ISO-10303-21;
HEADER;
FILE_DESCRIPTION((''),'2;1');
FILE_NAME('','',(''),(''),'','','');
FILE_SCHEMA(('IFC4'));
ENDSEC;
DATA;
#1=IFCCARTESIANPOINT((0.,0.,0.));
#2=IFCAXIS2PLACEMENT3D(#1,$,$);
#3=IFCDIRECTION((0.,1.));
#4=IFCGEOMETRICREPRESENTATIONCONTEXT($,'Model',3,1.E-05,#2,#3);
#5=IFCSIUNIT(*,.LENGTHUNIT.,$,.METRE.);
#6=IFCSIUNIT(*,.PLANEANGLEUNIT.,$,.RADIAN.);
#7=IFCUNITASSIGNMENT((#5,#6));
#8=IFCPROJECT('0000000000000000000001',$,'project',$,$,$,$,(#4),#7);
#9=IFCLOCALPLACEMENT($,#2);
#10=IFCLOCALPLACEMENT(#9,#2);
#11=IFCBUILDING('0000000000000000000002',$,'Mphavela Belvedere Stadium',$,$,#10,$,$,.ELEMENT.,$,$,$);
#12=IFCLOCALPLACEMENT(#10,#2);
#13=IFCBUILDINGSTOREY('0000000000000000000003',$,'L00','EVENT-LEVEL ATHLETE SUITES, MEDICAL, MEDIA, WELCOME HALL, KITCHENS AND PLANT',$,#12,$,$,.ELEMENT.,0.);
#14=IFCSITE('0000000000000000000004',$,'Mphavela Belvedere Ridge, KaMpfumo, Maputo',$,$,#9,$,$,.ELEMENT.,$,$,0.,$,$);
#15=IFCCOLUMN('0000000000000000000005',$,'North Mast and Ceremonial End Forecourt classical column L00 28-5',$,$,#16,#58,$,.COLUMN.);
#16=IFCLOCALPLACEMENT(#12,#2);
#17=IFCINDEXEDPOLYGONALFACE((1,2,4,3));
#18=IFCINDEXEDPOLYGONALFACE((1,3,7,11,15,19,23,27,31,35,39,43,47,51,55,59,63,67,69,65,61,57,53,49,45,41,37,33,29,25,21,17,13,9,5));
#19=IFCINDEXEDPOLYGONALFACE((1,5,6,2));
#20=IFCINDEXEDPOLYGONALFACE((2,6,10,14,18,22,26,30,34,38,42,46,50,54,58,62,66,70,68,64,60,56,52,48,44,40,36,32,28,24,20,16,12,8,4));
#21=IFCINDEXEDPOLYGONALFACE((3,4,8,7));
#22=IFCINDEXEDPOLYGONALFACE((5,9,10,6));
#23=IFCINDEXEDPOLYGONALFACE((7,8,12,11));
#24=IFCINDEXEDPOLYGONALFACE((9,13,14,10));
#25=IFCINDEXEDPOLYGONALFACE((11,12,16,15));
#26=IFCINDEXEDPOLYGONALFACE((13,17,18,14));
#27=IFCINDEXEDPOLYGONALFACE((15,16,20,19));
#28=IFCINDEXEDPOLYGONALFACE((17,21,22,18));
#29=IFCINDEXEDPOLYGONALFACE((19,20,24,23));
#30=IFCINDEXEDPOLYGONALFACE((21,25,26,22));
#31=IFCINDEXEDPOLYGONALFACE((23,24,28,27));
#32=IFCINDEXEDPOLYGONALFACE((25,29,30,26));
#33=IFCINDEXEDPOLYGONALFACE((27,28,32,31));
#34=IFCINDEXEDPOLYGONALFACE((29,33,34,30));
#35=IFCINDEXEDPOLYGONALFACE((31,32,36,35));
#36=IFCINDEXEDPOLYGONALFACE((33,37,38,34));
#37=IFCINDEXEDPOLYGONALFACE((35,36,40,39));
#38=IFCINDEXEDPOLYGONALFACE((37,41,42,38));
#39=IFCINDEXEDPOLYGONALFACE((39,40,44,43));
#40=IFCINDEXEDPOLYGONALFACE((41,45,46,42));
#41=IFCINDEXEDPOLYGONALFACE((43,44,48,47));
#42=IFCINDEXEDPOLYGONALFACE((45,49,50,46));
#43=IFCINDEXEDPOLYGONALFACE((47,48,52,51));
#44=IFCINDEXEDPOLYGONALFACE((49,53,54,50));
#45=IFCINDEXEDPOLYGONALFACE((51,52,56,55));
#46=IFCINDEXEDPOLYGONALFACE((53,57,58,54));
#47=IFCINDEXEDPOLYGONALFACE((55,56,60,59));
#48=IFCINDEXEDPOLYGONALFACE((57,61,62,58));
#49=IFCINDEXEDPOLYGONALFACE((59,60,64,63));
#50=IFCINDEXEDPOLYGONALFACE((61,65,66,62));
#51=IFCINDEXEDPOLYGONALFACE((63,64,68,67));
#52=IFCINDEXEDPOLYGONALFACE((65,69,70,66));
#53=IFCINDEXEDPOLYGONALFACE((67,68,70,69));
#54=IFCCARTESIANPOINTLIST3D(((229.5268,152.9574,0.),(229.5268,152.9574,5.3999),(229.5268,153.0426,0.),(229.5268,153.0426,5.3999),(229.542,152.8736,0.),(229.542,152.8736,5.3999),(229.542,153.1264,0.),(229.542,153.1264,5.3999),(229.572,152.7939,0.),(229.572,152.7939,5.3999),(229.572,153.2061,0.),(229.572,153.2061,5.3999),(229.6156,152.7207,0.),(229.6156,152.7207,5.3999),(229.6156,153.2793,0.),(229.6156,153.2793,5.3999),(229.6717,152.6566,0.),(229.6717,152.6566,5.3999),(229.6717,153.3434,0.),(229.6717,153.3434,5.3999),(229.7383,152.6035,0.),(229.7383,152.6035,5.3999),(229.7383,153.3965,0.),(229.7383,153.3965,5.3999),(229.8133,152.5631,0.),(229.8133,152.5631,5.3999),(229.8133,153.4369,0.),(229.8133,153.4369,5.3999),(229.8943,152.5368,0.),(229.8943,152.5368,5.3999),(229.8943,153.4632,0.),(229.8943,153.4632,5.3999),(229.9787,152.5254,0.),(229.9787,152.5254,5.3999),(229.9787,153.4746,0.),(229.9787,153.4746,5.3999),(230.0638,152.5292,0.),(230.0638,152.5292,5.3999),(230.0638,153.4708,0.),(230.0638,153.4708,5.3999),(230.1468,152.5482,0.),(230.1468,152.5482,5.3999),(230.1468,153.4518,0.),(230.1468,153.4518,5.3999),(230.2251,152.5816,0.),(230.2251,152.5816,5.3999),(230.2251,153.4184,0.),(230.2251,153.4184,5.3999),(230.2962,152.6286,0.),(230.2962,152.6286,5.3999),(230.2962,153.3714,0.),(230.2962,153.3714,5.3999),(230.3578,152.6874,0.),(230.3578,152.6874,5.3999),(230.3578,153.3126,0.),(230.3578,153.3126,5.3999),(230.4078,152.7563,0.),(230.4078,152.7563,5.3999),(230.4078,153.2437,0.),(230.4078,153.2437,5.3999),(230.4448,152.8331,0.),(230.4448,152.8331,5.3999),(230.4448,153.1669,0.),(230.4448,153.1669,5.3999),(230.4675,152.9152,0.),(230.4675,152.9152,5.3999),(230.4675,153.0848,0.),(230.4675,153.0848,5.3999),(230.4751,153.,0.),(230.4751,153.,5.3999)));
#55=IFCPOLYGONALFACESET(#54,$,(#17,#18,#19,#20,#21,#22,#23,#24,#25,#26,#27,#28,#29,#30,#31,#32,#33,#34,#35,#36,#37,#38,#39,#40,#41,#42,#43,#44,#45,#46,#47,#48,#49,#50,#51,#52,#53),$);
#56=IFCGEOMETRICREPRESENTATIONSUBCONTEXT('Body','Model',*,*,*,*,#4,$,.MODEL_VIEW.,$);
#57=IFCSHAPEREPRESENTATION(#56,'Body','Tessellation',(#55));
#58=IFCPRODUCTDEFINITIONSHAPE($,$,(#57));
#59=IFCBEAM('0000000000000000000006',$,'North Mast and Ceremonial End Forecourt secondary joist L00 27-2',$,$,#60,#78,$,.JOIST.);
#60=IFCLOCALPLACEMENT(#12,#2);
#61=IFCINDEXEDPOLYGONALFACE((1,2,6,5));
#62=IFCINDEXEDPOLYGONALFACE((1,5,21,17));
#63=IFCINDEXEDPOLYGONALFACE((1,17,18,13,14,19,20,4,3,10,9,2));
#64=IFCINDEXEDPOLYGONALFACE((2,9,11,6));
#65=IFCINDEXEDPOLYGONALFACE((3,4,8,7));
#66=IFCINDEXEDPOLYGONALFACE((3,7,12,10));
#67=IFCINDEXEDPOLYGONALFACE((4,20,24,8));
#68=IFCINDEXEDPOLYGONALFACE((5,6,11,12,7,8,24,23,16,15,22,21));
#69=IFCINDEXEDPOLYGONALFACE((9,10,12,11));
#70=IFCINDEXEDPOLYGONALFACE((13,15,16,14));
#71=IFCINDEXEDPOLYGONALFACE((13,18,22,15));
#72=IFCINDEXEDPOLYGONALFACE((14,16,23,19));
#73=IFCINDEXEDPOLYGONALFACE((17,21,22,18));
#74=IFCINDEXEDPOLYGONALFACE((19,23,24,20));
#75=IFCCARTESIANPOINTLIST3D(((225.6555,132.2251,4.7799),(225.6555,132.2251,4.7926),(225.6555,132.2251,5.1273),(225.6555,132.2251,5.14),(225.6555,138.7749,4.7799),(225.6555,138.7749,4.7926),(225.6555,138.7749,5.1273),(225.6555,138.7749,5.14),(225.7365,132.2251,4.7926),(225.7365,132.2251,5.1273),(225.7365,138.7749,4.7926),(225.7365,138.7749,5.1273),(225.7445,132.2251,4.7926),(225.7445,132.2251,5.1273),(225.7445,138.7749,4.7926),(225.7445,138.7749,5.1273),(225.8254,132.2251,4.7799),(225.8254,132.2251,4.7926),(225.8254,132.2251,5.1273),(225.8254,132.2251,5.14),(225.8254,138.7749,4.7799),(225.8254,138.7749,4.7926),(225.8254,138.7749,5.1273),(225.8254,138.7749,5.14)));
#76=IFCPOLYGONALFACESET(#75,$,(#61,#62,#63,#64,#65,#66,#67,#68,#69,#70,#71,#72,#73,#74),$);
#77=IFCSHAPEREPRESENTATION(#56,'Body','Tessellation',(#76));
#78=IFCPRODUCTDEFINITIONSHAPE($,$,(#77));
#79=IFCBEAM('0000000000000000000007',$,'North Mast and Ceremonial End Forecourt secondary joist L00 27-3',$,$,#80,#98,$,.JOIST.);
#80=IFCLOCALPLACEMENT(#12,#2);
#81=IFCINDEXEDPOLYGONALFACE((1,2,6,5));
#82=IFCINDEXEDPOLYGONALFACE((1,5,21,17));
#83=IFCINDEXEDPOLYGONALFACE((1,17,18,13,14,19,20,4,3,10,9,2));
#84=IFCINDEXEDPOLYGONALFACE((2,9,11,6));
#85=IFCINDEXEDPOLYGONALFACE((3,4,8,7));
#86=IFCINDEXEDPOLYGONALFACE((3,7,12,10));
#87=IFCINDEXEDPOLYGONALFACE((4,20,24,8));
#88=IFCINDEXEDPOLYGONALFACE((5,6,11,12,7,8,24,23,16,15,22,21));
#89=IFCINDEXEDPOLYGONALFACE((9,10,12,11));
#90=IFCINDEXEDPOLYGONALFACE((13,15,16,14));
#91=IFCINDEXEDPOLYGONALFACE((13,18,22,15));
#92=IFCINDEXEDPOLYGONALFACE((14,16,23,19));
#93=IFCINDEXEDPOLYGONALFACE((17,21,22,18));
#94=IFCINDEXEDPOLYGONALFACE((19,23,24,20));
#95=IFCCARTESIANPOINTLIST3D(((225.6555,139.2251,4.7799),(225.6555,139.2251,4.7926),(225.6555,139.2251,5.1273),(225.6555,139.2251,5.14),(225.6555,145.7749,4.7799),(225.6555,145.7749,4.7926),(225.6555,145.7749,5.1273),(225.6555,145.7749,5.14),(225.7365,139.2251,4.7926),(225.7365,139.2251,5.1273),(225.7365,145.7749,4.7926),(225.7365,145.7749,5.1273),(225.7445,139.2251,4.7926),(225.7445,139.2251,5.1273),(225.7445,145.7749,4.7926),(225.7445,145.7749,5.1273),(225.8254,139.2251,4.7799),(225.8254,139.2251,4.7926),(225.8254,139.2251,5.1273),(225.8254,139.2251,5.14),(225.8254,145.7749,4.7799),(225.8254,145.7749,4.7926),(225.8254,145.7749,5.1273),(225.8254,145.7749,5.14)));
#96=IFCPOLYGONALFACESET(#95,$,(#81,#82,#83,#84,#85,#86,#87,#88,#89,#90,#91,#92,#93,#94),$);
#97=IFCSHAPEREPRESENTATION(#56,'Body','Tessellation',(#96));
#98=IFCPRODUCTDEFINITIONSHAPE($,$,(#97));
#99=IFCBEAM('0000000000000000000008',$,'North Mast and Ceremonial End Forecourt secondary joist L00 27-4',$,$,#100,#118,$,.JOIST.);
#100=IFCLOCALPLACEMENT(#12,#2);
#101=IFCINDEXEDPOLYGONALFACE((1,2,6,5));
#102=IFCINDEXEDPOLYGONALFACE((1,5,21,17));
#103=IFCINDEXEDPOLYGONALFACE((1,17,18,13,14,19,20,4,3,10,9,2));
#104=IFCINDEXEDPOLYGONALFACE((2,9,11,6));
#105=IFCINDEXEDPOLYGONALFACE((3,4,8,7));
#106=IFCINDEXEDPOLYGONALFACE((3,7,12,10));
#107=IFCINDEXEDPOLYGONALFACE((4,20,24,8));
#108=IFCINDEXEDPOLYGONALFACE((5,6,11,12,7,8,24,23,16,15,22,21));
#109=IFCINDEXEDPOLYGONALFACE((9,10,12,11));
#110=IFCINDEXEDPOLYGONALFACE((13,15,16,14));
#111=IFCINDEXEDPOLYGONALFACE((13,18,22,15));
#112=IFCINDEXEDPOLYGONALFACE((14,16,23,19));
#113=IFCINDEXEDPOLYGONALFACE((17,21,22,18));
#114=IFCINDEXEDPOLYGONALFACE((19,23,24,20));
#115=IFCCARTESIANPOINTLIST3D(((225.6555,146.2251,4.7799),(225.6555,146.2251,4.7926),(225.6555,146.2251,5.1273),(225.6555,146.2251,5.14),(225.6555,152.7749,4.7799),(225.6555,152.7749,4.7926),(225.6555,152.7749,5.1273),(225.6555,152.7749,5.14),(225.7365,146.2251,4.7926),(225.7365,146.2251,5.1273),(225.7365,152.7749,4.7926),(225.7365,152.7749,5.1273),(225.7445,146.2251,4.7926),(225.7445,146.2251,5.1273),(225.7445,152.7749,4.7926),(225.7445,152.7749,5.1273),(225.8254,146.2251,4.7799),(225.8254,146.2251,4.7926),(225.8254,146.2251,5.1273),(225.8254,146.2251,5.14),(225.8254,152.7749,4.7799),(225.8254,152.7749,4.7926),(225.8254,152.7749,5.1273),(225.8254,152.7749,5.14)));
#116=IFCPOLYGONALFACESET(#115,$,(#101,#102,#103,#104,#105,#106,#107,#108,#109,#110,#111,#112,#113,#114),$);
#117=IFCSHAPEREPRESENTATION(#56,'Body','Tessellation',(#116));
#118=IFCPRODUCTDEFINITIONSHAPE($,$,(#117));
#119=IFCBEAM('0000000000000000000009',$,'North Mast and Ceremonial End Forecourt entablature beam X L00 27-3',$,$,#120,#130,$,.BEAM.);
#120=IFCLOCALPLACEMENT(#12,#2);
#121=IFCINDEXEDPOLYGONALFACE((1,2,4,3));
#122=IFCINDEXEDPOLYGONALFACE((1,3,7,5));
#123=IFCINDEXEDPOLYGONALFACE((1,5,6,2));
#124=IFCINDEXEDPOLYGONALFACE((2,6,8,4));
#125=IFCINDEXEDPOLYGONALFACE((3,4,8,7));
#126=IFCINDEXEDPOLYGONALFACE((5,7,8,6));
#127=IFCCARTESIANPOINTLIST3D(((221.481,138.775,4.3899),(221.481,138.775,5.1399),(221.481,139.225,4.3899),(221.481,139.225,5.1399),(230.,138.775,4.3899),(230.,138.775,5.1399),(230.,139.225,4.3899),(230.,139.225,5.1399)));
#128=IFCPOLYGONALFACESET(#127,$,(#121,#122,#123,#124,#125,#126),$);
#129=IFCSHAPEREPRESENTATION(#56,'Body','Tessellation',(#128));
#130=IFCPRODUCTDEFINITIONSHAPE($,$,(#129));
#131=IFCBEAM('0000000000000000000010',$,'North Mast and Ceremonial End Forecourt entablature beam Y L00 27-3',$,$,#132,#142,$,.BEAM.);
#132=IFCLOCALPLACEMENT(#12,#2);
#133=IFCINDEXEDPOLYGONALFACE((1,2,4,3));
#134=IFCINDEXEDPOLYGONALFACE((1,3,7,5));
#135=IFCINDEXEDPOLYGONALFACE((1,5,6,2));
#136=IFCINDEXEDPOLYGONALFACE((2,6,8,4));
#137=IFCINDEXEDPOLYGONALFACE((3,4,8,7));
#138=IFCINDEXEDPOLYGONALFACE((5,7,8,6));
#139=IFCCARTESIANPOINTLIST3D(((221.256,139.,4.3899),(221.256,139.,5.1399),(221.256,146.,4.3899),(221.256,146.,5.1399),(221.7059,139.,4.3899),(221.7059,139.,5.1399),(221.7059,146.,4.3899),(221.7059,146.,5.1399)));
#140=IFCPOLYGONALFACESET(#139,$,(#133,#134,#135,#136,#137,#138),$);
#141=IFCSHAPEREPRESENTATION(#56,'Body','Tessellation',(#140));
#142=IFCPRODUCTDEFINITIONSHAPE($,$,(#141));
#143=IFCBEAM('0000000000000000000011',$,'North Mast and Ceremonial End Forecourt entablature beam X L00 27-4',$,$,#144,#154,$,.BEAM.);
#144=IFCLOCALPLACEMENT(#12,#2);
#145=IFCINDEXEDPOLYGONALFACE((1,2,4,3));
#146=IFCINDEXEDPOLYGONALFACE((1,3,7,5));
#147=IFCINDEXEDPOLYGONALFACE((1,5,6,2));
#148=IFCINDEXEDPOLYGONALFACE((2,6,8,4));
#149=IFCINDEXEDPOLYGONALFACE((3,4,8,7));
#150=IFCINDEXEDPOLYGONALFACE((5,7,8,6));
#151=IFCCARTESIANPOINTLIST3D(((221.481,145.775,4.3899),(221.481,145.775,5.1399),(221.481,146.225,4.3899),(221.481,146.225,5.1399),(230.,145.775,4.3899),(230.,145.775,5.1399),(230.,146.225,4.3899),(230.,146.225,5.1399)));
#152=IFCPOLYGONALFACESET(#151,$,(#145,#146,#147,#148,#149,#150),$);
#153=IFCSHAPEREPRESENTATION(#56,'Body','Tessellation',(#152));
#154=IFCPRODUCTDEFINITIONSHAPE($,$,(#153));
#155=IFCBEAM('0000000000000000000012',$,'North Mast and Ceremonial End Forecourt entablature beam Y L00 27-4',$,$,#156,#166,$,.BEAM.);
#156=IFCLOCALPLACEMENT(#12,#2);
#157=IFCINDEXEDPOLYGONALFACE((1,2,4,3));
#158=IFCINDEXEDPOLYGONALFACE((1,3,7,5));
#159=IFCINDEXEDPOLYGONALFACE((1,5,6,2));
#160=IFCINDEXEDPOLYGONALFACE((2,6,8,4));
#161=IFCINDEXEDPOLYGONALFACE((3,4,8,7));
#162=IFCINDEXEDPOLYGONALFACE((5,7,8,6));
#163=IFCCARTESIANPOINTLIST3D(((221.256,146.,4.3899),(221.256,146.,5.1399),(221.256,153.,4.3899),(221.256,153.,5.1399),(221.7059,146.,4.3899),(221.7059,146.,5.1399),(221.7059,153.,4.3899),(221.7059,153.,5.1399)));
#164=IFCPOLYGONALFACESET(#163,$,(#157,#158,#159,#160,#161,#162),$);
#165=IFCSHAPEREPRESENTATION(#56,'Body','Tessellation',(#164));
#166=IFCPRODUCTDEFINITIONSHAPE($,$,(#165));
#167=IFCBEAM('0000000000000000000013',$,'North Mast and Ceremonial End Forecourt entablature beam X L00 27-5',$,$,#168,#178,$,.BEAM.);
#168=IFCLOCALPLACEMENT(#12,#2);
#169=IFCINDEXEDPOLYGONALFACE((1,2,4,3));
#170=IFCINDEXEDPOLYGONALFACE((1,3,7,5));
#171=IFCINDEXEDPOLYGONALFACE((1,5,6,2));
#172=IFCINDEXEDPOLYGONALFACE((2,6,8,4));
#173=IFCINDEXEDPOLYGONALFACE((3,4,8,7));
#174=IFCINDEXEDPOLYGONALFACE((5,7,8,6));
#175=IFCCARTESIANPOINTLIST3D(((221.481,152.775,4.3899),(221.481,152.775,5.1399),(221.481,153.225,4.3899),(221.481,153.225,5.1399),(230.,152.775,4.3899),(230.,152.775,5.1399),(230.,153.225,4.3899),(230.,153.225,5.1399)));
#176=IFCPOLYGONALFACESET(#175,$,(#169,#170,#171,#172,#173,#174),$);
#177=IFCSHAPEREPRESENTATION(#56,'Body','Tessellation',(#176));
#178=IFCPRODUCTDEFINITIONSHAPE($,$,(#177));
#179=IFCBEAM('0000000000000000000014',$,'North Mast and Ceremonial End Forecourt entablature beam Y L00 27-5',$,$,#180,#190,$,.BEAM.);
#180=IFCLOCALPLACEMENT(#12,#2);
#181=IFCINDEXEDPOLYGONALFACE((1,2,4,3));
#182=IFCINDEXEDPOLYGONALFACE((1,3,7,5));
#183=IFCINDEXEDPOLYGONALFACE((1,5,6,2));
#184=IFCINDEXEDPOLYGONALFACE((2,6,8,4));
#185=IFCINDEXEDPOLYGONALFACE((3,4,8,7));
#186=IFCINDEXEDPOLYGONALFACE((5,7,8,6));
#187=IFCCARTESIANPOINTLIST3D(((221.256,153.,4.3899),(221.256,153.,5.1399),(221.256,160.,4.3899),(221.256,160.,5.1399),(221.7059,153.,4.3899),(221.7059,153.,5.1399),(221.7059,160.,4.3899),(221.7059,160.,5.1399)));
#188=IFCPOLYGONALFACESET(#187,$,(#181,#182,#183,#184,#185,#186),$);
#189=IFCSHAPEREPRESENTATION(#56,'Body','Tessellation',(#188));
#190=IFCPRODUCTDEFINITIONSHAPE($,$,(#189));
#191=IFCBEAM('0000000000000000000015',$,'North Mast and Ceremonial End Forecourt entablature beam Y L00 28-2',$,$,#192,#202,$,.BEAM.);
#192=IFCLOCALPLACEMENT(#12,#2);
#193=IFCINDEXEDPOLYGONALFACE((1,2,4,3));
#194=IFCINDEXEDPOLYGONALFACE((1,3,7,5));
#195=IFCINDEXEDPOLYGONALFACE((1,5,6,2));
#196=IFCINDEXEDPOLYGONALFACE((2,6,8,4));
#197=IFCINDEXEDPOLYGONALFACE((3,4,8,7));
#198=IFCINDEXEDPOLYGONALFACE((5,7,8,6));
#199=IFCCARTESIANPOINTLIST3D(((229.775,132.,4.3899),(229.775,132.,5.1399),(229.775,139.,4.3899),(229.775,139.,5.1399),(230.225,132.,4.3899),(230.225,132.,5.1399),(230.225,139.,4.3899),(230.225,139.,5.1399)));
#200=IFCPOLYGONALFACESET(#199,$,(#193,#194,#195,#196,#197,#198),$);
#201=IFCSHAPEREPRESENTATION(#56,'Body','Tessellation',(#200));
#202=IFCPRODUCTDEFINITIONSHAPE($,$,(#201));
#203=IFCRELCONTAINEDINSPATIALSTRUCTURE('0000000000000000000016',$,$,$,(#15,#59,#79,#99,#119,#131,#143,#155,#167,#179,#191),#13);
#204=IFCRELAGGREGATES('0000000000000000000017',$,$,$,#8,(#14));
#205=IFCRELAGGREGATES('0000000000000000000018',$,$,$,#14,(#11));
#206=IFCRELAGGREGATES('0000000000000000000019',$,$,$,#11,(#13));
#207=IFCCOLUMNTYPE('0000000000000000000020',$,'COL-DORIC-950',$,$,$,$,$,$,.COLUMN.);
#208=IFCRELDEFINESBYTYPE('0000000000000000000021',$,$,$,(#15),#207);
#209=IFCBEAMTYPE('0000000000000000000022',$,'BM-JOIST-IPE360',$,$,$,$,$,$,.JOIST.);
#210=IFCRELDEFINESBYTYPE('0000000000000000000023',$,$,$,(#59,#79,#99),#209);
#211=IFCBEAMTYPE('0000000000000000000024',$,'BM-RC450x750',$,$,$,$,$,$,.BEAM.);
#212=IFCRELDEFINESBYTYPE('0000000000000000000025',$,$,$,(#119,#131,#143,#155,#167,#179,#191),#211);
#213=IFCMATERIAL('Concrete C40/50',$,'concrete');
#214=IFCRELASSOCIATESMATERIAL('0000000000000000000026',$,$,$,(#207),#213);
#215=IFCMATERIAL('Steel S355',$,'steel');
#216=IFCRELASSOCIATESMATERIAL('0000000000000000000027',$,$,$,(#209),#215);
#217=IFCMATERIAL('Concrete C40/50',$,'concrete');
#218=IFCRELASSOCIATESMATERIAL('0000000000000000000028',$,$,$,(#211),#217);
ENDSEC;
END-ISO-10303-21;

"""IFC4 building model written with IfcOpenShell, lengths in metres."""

from ifc_helpers import new_model, si_unit, direction, frame, origin, origin_2d, place, context, subcontext, project, spatial, rectangle, circle, i_section, extrude, material, material_profile, profile_set, type_object, element, save


model = new_model("IFC4")

# Units and contexts
model_context = context("Model", 3, precision=1e-05, world=origin(), true_north=direction((0.0, 1.0)))
body_context = subcontext(model_context, "Body", "Model", "MODEL_VIEW")
ifc_project = project(units=[si_unit("LENGTHUNIT", "METRE"), si_unit("PLANEANGLEUNIT", "RADIAN")], contexts=[model_context])

# Site, building, storey
site_placement = place(None, origin())
site = spatial("IfcSite", under=ifc_project, at=site_placement, Name="Mphavela Belvedere Ridge, KaMpfumo, Maputo", CompositionType="ELEMENT", RefElevation=0.0)
building_placement = place(site_placement, origin())
building = spatial("IfcBuilding", under=site, at=building_placement, Name="Mphavela Belvedere Stadium", CompositionType="ELEMENT")
storey_placement = place(building_placement, origin())
storey = spatial("IfcBuildingStorey", under=building, at=storey_placement, Name="L00", Description="EVENT-LEVEL ATHLETE SUITES, MEDICAL, MEDIA, WELCOME HALL, KITCHENS AND PLANT", CompositionType="ELEMENT", Elevation=0.0)

# Column
ifc_material_1 = material(Name="Concrete C40/50", Category="concrete")
ifc_material_profile_1 = material_profile(ifc_material_1, circle(Radius=0.4751, at=origin_2d()), Name="COL D950")
ifc_profile_set_1 = profile_set([ifc_material_profile_1], Name="Concrete C40/50")
column_type = type_object("IfcColumnType", Name="COL-DORIC-950", PredefinedType="COLUMN", material=ifc_profile_set_1)
for number, where, z_axis, x_axis, name in (
    (1, (230.0, 153.0, 0.0), (0.0, 0.0, 1.0), (1.0, 0.0, 0.0), "North Mast and Ceremonial End Forecourt classical column L00 28-5"),
):
    element("IfcColumn", number, at=place(storey_placement, frame(where, z_axis=z_axis, x_axis=x_axis)), inside=storey, type_object=column_type, Name=name, PredefinedType="COLUMN", context=body_context, shape_type="SweptSolid", body=[
        extrude(circle(Radius=0.4751, at=origin_2d()), origin(), (0.0, 0.0, 1.0), 5.3999),
    ])

# Beams
ifc_material_2 = material(Name="Steel S355", Category="steel")
ifc_material_profile_2 = material_profile(ifc_material_2, i_section(OverallWidth=0.1699, OverallDepth=0.3601, WebThickness=0.0081, FlangeThickness=0.0127, at=origin_2d()), Name="IPE 360")
ifc_profile_set_2 = profile_set([ifc_material_profile_2], Name="Steel S355")
beam_type_1 = type_object("IfcBeamType", Name="BM-JOIST-IPE360", PredefinedType="JOIST", material=ifc_profile_set_2)
for number, where, z_axis, x_axis, name in (
    (2, (225.7405, 132.2251, 4.96), (0.0, 1.0, 0.0), (-1.0, 0.0, 0.0), "North Mast and Ceremonial End Forecourt secondary joist L00 27-2"),
    (3, (225.7405, 139.2251, 4.96), (0.0, 1.0, 0.0), (-1.0, 0.0, 0.0), "North Mast and Ceremonial End Forecourt secondary joist L00 27-3"),
    (4, (225.7405, 146.2251, 4.96), (0.0, 1.0, 0.0), (-1.0, 0.0, 0.0), "North Mast and Ceremonial End Forecourt secondary joist L00 27-4"),
):
    element("IfcBeam", number, at=place(storey_placement, frame(where, z_axis=z_axis, x_axis=x_axis)), inside=storey, type_object=beam_type_1, Name=name, PredefinedType="JOIST", context=body_context, shape_type="SweptSolid", body=[
        extrude(i_section(OverallWidth=0.1699, OverallDepth=0.3601, WebThickness=0.0081, FlangeThickness=0.0127, at=origin_2d()), origin(), (0.0, 0.0, 1.0), 6.5498),
    ])
ifc_material_3 = material(Name="Concrete C40/50", Category="concrete")
ifc_material_profile_3 = material_profile(ifc_material_3, rectangle(XDim=0.45, YDim=0.75, at=origin_2d()), Name="RC 450x750")
ifc_profile_set_3 = profile_set([ifc_material_profile_3], Name="Concrete C40/50")
beam_type_2 = type_object("IfcBeamType", Name="BM-RC450x750", PredefinedType="BEAM", material=ifc_profile_set_3)
beam_1_placement = place(storey_placement, frame((221.481, 139.0, 4.7649), z_axis=(1.0, 0.0, 0.0), x_axis=(0.0, 1.0, 0.0)))
element("IfcBeam", 5, at=beam_1_placement, inside=storey, type_object=beam_type_2, Name="North Mast and Ceremonial End Forecourt entablature beam X L00 27-3", PredefinedType="BEAM", context=body_context, shape_type="SweptSolid", body=[
    extrude(rectangle(XDim=0.45, YDim=0.75, at=origin_2d()), origin(), (0.0, 0.0, 1.0), 8.519),
])
beam_2_placement = place(storey_placement, frame((221.481, 139.0, 4.7649), z_axis=(0.0, 1.0, 0.0), x_axis=(-1.0, 0.0, 0.0)))
element("IfcBeam", 6, at=beam_2_placement, inside=storey, type_object=beam_type_2, Name="North Mast and Ceremonial End Forecourt entablature beam Y L00 27-3", PredefinedType="BEAM", context=body_context, shape_type="SweptSolid", body=[
    extrude(rectangle(XDim=0.45, YDim=0.75, at=origin_2d()), origin(), (0.0, 0.0, 1.0), 7.0),
])
beam_3_placement = place(storey_placement, frame((221.481, 146.0, 4.7649), z_axis=(1.0, 0.0, 0.0), x_axis=(0.0, 1.0, 0.0)))
element("IfcBeam", 7, at=beam_3_placement, inside=storey, type_object=beam_type_2, Name="North Mast and Ceremonial End Forecourt entablature beam X L00 27-4", PredefinedType="BEAM", context=body_context, shape_type="SweptSolid", body=[
    extrude(rectangle(XDim=0.45, YDim=0.75, at=origin_2d()), origin(), (0.0, 0.0, 1.0), 8.519),
])
beam_4_placement = place(storey_placement, frame((221.481, 146.0, 4.7649), z_axis=(0.0, 1.0, 0.0), x_axis=(-1.0, 0.0, 0.0)))
element("IfcBeam", 8, at=beam_4_placement, inside=storey, type_object=beam_type_2, Name="North Mast and Ceremonial End Forecourt entablature beam Y L00 27-4", PredefinedType="BEAM", context=body_context, shape_type="SweptSolid", body=[
    extrude(rectangle(XDim=0.45, YDim=0.75, at=origin_2d()), origin(), (0.0, 0.0, 1.0), 7.0),
])
beam_5_placement = place(storey_placement, frame((221.481, 153.0, 4.7649), z_axis=(1.0, 0.0, 0.0), x_axis=(0.0, 1.0, 0.0)))
element("IfcBeam", 9, at=beam_5_placement, inside=storey, type_object=beam_type_2, Name="North Mast and Ceremonial End Forecourt entablature beam X L00 27-5", PredefinedType="BEAM", context=body_context, shape_type="SweptSolid", body=[
    extrude(rectangle(XDim=0.45, YDim=0.75, at=origin_2d()), origin(), (0.0, 0.0, 1.0), 8.519),
])
for number, where, z_axis, x_axis, name in (
    (10, (221.481, 153.0, 4.7649), (0.0, 1.0, 0.0), (-1.0, 0.0, 0.0), "North Mast and Ceremonial End Forecourt entablature beam Y L00 27-5"),
    (11, (230.0, 132.0, 4.7649), (0.0, 1.0, 0.0), (-1.0, 0.0, 0.0), "North Mast and Ceremonial End Forecourt entablature beam Y L00 28-2"),
):
    element("IfcBeam", number, at=place(storey_placement, frame(where, z_axis=z_axis, x_axis=x_axis)), inside=storey, type_object=beam_type_2, Name=name, PredefinedType="BEAM", context=body_context, shape_type="SweptSolid", body=[
        extrude(rectangle(XDim=0.45, YDim=0.75, at=origin_2d()), origin(), (0.0, 0.0, 1.0), 7.0),
    ])

save(model, "model.ifc")
